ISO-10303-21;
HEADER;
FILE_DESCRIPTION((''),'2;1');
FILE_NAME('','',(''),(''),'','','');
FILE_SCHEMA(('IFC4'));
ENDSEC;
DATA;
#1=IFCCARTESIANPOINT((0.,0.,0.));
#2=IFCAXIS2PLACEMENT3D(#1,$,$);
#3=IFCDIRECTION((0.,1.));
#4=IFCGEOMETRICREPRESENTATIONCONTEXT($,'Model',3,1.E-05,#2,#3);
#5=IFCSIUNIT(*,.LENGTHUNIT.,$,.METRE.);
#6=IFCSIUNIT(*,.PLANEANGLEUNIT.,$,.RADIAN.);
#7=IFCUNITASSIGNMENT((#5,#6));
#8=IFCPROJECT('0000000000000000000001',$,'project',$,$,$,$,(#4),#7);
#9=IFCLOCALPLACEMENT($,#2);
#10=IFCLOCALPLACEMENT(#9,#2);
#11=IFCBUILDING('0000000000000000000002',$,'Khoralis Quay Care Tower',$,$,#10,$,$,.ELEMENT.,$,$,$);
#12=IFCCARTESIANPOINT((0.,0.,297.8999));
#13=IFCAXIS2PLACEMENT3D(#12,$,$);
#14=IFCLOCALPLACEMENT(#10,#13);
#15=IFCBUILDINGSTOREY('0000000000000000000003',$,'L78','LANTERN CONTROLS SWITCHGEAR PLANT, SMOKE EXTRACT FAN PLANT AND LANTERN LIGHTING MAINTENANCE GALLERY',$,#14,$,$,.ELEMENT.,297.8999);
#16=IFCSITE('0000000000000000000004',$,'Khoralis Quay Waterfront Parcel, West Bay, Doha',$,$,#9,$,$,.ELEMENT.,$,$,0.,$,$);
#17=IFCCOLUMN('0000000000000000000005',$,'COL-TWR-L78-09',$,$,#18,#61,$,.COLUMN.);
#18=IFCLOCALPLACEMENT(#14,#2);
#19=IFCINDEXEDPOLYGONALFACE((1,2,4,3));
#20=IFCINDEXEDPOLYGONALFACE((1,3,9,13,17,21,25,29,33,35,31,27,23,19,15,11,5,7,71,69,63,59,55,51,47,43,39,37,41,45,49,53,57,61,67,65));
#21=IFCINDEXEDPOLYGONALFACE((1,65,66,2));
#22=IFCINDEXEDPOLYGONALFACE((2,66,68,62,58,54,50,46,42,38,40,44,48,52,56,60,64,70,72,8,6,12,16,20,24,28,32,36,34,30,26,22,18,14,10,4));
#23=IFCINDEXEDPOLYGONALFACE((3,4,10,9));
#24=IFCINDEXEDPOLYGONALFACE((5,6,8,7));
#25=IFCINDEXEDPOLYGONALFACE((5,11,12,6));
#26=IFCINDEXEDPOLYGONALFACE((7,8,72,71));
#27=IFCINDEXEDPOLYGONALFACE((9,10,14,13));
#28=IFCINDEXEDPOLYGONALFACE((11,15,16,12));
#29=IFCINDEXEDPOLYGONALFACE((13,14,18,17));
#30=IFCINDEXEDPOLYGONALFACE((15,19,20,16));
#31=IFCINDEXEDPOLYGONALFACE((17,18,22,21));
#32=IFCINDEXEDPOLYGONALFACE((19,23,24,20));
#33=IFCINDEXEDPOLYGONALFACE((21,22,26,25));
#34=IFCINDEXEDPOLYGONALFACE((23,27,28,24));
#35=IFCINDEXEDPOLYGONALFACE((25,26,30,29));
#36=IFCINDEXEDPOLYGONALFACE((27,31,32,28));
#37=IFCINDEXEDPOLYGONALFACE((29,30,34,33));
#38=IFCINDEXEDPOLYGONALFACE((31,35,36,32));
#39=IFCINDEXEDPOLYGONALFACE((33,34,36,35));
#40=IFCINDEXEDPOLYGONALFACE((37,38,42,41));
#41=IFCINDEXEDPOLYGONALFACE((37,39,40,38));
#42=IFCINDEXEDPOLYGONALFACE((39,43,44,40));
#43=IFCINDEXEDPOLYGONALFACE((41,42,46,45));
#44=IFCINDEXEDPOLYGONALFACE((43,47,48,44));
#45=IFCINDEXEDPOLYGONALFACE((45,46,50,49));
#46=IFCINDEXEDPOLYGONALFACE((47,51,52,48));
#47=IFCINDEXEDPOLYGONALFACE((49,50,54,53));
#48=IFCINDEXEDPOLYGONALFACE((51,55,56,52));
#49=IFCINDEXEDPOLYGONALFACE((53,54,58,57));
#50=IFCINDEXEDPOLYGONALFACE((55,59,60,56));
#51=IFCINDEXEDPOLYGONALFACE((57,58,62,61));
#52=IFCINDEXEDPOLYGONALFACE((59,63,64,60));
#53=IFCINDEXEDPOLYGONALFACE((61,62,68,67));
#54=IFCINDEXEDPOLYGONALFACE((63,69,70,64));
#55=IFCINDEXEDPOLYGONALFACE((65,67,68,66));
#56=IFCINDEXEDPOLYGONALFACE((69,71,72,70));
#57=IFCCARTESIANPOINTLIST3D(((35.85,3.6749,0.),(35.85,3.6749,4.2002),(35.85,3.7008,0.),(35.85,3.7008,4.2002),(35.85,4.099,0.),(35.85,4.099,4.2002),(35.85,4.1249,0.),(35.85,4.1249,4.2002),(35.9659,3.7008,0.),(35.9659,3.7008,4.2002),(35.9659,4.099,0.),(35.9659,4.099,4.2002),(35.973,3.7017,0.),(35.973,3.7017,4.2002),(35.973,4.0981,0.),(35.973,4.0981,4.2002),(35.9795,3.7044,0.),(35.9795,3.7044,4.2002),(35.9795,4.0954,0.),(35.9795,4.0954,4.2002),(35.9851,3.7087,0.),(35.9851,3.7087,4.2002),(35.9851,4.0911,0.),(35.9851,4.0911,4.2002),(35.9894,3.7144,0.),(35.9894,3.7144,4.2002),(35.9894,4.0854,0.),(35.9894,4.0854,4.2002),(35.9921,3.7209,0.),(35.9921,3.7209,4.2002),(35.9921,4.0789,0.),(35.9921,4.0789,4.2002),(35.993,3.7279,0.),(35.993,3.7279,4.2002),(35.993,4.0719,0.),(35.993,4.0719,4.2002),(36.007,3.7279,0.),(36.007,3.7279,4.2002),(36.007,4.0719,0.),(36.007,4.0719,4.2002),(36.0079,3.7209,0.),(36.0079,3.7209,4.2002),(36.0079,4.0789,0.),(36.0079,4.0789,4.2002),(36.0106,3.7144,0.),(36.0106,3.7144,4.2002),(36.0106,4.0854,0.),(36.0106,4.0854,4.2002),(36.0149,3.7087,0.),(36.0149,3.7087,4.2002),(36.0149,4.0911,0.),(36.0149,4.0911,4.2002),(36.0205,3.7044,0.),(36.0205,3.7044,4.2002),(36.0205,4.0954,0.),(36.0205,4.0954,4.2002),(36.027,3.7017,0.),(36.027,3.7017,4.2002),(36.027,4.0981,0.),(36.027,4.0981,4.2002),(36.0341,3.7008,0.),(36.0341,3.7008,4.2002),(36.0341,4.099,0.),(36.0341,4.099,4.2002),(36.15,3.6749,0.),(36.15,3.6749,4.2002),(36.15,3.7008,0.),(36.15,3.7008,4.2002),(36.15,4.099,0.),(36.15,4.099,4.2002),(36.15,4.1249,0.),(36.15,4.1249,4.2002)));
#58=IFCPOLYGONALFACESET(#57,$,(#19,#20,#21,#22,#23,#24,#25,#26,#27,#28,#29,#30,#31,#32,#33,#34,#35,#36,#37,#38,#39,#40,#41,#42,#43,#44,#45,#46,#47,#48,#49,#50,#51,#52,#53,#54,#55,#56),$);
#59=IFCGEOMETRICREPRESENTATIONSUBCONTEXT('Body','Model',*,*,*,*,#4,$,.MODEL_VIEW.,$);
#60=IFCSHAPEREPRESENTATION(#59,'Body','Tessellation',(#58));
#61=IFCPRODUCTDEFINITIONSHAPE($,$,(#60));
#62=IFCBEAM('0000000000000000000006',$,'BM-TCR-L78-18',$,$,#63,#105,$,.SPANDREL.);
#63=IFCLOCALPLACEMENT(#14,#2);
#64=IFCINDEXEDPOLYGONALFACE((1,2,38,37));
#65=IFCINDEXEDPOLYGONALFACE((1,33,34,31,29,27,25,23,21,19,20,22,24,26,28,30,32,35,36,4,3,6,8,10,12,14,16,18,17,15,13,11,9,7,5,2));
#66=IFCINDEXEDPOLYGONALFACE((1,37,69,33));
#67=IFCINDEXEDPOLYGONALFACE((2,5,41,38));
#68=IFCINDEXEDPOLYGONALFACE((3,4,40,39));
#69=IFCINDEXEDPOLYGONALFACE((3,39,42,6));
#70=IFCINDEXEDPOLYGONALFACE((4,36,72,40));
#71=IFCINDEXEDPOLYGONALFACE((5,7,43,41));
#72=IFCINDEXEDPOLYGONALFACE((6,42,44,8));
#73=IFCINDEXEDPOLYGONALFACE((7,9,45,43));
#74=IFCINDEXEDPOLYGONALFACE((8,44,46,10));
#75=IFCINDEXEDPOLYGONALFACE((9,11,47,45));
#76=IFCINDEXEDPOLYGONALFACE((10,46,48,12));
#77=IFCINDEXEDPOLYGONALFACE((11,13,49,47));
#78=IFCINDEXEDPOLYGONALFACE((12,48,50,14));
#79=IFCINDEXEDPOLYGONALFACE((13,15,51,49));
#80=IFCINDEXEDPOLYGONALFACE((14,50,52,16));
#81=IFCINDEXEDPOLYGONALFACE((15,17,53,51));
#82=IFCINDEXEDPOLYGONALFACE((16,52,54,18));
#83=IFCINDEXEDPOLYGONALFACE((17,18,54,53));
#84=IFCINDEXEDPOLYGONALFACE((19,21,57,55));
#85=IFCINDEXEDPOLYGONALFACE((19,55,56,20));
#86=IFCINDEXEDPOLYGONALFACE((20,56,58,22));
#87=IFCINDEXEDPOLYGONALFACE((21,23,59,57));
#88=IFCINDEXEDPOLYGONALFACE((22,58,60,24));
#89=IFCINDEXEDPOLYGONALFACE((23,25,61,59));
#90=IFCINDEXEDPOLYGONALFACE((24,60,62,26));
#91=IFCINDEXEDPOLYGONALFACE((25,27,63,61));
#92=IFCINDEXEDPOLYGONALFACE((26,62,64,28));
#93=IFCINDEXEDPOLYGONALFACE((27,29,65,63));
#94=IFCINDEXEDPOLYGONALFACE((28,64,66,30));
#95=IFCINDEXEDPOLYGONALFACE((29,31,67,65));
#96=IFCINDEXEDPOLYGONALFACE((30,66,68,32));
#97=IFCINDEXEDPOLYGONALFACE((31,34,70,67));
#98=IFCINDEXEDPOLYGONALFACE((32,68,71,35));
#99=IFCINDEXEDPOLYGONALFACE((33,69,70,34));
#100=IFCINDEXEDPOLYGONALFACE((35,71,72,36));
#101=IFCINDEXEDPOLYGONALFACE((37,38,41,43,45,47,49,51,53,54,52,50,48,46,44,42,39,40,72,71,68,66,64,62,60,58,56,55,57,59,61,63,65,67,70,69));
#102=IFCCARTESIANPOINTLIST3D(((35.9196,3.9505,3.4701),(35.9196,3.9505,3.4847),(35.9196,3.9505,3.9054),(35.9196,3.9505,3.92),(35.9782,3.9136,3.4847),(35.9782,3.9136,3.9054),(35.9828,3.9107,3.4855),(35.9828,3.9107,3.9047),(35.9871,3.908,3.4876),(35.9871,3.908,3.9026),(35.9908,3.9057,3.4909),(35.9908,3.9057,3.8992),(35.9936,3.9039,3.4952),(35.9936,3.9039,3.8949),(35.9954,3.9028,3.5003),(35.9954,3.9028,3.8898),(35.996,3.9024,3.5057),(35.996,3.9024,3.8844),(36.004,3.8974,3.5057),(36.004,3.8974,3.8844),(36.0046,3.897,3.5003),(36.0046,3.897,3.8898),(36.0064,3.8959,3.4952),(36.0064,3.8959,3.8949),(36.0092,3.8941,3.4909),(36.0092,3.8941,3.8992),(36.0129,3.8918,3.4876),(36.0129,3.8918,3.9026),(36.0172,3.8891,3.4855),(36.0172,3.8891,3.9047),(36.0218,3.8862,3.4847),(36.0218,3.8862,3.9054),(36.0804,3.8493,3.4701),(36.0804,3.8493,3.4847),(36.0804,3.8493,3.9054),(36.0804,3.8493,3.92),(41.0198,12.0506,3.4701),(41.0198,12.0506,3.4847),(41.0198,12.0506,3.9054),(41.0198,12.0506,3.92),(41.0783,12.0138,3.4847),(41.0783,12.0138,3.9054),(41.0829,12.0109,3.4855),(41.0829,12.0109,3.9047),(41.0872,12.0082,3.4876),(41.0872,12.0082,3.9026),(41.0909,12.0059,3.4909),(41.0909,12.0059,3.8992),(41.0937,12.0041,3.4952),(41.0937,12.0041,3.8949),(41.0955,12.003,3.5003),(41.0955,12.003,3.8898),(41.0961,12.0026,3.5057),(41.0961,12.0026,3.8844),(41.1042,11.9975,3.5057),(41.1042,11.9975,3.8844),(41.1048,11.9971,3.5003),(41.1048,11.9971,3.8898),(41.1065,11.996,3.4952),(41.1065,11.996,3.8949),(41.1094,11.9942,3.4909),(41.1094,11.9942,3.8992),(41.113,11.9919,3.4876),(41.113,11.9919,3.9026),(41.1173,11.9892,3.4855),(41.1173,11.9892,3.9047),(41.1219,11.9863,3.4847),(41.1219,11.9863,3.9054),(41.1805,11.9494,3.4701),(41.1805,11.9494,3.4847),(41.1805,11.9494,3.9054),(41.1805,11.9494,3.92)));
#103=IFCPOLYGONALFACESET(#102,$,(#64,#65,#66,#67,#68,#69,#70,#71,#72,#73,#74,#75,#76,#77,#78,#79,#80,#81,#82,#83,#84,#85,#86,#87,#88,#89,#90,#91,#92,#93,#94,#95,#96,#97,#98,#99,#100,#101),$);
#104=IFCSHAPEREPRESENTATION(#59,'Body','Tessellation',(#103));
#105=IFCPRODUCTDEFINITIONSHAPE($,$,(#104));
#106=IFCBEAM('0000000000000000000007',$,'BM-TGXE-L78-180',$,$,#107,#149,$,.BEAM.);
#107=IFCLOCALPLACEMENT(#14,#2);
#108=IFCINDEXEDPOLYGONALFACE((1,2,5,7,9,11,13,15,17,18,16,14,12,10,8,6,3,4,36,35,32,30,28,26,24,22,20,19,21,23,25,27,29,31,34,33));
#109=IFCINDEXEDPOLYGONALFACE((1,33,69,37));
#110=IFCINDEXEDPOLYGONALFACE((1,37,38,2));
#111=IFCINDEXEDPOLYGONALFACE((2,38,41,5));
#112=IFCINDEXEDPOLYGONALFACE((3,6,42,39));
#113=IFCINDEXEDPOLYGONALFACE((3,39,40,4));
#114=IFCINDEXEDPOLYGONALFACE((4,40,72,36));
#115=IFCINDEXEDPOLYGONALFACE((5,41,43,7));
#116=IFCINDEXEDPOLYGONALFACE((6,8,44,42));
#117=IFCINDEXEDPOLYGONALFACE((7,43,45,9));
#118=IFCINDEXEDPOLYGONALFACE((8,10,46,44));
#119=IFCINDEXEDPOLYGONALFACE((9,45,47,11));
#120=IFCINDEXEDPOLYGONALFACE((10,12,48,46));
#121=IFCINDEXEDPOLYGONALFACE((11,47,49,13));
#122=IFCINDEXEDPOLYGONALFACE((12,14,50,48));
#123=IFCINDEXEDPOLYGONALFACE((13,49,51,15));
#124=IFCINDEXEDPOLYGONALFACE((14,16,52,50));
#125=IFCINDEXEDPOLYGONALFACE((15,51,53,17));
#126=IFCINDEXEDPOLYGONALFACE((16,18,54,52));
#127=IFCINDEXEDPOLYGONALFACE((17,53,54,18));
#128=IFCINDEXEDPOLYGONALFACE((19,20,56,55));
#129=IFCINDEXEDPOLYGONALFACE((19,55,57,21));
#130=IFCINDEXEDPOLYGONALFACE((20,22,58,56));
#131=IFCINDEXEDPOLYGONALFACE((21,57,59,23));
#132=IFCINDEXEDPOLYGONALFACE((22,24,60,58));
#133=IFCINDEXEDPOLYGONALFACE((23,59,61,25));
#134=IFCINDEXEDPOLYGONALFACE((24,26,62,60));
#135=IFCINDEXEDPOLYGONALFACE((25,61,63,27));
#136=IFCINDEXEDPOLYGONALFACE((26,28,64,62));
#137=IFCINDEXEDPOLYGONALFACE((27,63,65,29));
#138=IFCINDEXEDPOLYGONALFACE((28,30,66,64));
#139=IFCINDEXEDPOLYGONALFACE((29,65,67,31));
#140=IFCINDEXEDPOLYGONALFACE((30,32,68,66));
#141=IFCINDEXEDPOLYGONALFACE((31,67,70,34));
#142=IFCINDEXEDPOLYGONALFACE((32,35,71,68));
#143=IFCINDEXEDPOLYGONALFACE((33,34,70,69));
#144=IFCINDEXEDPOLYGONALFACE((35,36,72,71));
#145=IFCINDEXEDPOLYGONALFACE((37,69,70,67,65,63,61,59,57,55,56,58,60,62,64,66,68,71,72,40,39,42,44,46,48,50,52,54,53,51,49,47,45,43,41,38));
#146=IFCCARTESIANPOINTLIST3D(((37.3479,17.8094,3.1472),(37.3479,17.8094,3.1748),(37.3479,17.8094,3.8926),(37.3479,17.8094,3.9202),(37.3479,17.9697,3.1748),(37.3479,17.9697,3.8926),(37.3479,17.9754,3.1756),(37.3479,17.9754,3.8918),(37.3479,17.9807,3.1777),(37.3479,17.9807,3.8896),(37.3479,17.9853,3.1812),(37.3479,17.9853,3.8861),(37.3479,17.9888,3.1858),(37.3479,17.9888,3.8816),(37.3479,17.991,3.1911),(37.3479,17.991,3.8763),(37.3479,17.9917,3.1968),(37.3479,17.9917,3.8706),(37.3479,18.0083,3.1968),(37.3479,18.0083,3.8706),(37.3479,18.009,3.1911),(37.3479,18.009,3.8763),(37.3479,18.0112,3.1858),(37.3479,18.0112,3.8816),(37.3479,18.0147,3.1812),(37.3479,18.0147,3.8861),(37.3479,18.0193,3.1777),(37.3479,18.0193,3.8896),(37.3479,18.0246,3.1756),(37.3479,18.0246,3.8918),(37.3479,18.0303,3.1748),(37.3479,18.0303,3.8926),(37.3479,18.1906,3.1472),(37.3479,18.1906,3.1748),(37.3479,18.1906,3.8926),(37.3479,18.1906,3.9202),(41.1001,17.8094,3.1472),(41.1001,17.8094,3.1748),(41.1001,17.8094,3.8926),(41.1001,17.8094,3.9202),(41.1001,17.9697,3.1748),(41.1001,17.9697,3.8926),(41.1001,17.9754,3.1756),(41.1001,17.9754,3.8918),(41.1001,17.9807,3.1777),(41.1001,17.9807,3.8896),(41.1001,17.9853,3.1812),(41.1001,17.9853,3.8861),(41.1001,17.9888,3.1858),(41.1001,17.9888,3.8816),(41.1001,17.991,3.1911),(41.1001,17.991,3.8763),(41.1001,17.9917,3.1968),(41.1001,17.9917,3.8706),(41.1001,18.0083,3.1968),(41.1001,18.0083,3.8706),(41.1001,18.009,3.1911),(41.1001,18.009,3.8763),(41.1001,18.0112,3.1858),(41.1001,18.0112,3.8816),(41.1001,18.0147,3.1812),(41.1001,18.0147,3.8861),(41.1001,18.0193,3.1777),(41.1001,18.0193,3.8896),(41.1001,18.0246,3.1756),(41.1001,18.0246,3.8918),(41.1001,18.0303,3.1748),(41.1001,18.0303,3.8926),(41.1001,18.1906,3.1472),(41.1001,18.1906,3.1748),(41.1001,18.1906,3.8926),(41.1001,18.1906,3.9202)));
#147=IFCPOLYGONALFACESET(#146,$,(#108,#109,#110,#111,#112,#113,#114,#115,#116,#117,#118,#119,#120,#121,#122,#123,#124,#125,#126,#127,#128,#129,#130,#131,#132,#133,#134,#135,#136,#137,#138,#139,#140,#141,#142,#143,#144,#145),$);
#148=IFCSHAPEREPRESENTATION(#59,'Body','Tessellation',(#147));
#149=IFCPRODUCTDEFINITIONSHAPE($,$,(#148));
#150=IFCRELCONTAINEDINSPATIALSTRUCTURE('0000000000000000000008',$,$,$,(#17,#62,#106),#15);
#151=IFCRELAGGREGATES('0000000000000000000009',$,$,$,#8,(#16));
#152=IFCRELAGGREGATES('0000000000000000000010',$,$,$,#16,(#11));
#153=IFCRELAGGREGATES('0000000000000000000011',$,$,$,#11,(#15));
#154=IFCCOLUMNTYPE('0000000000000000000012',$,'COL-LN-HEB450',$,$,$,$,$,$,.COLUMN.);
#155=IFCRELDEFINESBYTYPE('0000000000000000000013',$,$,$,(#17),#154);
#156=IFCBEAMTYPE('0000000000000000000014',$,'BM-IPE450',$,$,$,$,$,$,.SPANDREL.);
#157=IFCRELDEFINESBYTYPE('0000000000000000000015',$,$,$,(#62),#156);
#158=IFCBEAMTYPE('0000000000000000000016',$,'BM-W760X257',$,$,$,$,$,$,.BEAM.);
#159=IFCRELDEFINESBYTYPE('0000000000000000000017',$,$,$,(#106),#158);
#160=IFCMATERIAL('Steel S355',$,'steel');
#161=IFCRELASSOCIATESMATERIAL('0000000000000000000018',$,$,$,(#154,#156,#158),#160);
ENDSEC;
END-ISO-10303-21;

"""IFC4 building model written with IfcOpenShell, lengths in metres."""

from ifc_helpers import new_model, si_unit, direction, frame, origin, origin_2d, place, context, subcontext, project, spatial, i_section, extrude, source, transform, mapped, material, material_profile, profile_set, type_object, element, save


model = new_model("IFC4")

# Units and contexts
model_context = context("Model", 3, precision=1e-05, world=origin(), true_north=direction((0.0, 1.0)))
body_context = subcontext(model_context, "Body", "Model", "MODEL_VIEW")
ifc_project = project(units=[si_unit("LENGTHUNIT", "METRE"), si_unit("PLANEANGLEUNIT", "RADIAN")], contexts=[model_context])

# Site, building, storey
site_placement = place(None, origin())
site = spatial("IfcSite", under=ifc_project, at=site_placement, Name="Khoralis Quay Waterfront Parcel, West Bay, Doha", CompositionType="ELEMENT", RefElevation=0.0)
building_placement = place(site_placement, origin())
building = spatial("IfcBuilding", under=site, at=building_placement, Name="Khoralis Quay Care Tower", CompositionType="ELEMENT")
storey_placement = place(building_placement, frame((0.0, 0.0, 297.8999)))
storey = spatial("IfcBuildingStorey", under=building, at=storey_placement, Name="L78", Description="LANTERN CONTROLS SWITCHGEAR PLANT, SMOKE EXTRACT FAN PLANT AND LANTERN LIGHTING MAINTENANCE GALLERY", CompositionType="ELEMENT", Elevation=297.8999)

# Column
ifc_material_1 = material(Name="Steel S355", Category="steel")
ifc_material_profile_1 = material_profile(ifc_material_1, i_section(OverallWidth=0.3, OverallDepth=0.45, WebThickness=0.0139, FlangeThickness=0.0259, FilletRadius=0.0271, at=origin_2d()), Name="Steel S355")
ifc_profile_set_1 = profile_set([ifc_material_profile_1], Name="Steel S355")
column_type = type_object("IfcColumnType", Name="COL-LN-HEB450", PredefinedType="COLUMN", material=ifc_profile_set_1)
shared_shape_1 = source(origin(), body_context, "Body", "SweptSolid", [
    extrude(i_section(OverallWidth=0.3, OverallDepth=0.45, WebThickness=0.0139, FlangeThickness=0.0259, FilletRadius=0.0271, at=origin_2d()), origin(), (0.0, 0.0, 1.0), 4.2002),
])
column_placement = place(storey_placement, frame((36.0, 3.8999, 0.0), z_axis=(0.0, 0.0, 1.0), x_axis=(1.0, 0.0, 0.0)))
element("IfcColumn", 1, at=column_placement, inside=storey, type_object=column_type, Name="COL-TWR-L78-09", PredefinedType="COLUMN", context=body_context, shape_type="MappedRepresentation", body=[
    mapped(shared_shape_1, transform((0.0, 0.0, 0.0), scale=1.0)),
])

# Beams
ifc_material_profile_2 = material_profile(ifc_material_1, i_section(OverallWidth=0.1899, OverallDepth=0.45, WebThickness=0.0095, FlangeThickness=0.0146, FilletRadius=0.021, at=origin_2d()), Name="Steel S355")
ifc_profile_set_2 = profile_set([ifc_material_profile_2], Name="Steel S355")
beam_type_1 = type_object("IfcBeamType", Name="BM-IPE450", PredefinedType="SPANDREL", material=ifc_profile_set_2)
shared_shape_2 = source(origin(), body_context, "Body", "SweptSolid", [
    extrude(i_section(OverallWidth=0.1899, OverallDepth=0.45, WebThickness=0.0095, FlangeThickness=0.0146, FilletRadius=0.021, at=origin_2d()), origin(), (0.0, 0.0, 1.0), 9.572),
])
beam_1_placement = place(storey_placement, frame((36.0, 3.8999, 3.6951), z_axis=(0.532816, 0.846231, 0.0), x_axis=(-0.846231, 0.532816, 0.0)))
element("IfcBeam", 2, at=beam_1_placement, inside=storey, type_object=beam_type_1, Name="BM-TCR-L78-18", PredefinedType="SPANDREL", context=body_context, shape_type="MappedRepresentation", body=[
    mapped(shared_shape_2, transform((0.0, 0.0, 0.0), scale=1.0)),
])
ifc_material_profile_3 = material_profile(ifc_material_1, i_section(OverallWidth=0.3811, OverallDepth=0.7729, WebThickness=0.0166, FlangeThickness=0.0276, FilletRadius=0.022, at=origin_2d()), Name="Steel S355")
ifc_profile_set_3 = profile_set([ifc_material_profile_3], Name="Steel S355")
beam_type_2 = type_object("IfcBeamType", Name="BM-W760X257", PredefinedType="BEAM", material=ifc_profile_set_3)
shared_shape_3 = source(origin(), body_context, "Body", "SweptSolid", [
    extrude(i_section(OverallWidth=0.3811, OverallDepth=0.7729, WebThickness=0.0166, FlangeThickness=0.0276, FilletRadius=0.022, at=origin_2d()), origin(), (0.0, 0.0, 1.0), 3.7522),
])
beam_2_placement = place(storey_placement, frame((37.3479, 18.0, 3.5337), z_axis=(1.0, 0.0, 0.0), x_axis=(0.0, 1.0, 0.0)))
element("IfcBeam", 3, at=beam_2_placement, inside=storey, type_object=beam_type_2, Name="BM-TGXE-L78-180", PredefinedType="BEAM", context=body_context, shape_type="MappedRepresentation", body=[
    mapped(shared_shape_3, transform((0.0, 0.0, 0.0), scale=1.0)),
])

save(model, "model.ifc")
